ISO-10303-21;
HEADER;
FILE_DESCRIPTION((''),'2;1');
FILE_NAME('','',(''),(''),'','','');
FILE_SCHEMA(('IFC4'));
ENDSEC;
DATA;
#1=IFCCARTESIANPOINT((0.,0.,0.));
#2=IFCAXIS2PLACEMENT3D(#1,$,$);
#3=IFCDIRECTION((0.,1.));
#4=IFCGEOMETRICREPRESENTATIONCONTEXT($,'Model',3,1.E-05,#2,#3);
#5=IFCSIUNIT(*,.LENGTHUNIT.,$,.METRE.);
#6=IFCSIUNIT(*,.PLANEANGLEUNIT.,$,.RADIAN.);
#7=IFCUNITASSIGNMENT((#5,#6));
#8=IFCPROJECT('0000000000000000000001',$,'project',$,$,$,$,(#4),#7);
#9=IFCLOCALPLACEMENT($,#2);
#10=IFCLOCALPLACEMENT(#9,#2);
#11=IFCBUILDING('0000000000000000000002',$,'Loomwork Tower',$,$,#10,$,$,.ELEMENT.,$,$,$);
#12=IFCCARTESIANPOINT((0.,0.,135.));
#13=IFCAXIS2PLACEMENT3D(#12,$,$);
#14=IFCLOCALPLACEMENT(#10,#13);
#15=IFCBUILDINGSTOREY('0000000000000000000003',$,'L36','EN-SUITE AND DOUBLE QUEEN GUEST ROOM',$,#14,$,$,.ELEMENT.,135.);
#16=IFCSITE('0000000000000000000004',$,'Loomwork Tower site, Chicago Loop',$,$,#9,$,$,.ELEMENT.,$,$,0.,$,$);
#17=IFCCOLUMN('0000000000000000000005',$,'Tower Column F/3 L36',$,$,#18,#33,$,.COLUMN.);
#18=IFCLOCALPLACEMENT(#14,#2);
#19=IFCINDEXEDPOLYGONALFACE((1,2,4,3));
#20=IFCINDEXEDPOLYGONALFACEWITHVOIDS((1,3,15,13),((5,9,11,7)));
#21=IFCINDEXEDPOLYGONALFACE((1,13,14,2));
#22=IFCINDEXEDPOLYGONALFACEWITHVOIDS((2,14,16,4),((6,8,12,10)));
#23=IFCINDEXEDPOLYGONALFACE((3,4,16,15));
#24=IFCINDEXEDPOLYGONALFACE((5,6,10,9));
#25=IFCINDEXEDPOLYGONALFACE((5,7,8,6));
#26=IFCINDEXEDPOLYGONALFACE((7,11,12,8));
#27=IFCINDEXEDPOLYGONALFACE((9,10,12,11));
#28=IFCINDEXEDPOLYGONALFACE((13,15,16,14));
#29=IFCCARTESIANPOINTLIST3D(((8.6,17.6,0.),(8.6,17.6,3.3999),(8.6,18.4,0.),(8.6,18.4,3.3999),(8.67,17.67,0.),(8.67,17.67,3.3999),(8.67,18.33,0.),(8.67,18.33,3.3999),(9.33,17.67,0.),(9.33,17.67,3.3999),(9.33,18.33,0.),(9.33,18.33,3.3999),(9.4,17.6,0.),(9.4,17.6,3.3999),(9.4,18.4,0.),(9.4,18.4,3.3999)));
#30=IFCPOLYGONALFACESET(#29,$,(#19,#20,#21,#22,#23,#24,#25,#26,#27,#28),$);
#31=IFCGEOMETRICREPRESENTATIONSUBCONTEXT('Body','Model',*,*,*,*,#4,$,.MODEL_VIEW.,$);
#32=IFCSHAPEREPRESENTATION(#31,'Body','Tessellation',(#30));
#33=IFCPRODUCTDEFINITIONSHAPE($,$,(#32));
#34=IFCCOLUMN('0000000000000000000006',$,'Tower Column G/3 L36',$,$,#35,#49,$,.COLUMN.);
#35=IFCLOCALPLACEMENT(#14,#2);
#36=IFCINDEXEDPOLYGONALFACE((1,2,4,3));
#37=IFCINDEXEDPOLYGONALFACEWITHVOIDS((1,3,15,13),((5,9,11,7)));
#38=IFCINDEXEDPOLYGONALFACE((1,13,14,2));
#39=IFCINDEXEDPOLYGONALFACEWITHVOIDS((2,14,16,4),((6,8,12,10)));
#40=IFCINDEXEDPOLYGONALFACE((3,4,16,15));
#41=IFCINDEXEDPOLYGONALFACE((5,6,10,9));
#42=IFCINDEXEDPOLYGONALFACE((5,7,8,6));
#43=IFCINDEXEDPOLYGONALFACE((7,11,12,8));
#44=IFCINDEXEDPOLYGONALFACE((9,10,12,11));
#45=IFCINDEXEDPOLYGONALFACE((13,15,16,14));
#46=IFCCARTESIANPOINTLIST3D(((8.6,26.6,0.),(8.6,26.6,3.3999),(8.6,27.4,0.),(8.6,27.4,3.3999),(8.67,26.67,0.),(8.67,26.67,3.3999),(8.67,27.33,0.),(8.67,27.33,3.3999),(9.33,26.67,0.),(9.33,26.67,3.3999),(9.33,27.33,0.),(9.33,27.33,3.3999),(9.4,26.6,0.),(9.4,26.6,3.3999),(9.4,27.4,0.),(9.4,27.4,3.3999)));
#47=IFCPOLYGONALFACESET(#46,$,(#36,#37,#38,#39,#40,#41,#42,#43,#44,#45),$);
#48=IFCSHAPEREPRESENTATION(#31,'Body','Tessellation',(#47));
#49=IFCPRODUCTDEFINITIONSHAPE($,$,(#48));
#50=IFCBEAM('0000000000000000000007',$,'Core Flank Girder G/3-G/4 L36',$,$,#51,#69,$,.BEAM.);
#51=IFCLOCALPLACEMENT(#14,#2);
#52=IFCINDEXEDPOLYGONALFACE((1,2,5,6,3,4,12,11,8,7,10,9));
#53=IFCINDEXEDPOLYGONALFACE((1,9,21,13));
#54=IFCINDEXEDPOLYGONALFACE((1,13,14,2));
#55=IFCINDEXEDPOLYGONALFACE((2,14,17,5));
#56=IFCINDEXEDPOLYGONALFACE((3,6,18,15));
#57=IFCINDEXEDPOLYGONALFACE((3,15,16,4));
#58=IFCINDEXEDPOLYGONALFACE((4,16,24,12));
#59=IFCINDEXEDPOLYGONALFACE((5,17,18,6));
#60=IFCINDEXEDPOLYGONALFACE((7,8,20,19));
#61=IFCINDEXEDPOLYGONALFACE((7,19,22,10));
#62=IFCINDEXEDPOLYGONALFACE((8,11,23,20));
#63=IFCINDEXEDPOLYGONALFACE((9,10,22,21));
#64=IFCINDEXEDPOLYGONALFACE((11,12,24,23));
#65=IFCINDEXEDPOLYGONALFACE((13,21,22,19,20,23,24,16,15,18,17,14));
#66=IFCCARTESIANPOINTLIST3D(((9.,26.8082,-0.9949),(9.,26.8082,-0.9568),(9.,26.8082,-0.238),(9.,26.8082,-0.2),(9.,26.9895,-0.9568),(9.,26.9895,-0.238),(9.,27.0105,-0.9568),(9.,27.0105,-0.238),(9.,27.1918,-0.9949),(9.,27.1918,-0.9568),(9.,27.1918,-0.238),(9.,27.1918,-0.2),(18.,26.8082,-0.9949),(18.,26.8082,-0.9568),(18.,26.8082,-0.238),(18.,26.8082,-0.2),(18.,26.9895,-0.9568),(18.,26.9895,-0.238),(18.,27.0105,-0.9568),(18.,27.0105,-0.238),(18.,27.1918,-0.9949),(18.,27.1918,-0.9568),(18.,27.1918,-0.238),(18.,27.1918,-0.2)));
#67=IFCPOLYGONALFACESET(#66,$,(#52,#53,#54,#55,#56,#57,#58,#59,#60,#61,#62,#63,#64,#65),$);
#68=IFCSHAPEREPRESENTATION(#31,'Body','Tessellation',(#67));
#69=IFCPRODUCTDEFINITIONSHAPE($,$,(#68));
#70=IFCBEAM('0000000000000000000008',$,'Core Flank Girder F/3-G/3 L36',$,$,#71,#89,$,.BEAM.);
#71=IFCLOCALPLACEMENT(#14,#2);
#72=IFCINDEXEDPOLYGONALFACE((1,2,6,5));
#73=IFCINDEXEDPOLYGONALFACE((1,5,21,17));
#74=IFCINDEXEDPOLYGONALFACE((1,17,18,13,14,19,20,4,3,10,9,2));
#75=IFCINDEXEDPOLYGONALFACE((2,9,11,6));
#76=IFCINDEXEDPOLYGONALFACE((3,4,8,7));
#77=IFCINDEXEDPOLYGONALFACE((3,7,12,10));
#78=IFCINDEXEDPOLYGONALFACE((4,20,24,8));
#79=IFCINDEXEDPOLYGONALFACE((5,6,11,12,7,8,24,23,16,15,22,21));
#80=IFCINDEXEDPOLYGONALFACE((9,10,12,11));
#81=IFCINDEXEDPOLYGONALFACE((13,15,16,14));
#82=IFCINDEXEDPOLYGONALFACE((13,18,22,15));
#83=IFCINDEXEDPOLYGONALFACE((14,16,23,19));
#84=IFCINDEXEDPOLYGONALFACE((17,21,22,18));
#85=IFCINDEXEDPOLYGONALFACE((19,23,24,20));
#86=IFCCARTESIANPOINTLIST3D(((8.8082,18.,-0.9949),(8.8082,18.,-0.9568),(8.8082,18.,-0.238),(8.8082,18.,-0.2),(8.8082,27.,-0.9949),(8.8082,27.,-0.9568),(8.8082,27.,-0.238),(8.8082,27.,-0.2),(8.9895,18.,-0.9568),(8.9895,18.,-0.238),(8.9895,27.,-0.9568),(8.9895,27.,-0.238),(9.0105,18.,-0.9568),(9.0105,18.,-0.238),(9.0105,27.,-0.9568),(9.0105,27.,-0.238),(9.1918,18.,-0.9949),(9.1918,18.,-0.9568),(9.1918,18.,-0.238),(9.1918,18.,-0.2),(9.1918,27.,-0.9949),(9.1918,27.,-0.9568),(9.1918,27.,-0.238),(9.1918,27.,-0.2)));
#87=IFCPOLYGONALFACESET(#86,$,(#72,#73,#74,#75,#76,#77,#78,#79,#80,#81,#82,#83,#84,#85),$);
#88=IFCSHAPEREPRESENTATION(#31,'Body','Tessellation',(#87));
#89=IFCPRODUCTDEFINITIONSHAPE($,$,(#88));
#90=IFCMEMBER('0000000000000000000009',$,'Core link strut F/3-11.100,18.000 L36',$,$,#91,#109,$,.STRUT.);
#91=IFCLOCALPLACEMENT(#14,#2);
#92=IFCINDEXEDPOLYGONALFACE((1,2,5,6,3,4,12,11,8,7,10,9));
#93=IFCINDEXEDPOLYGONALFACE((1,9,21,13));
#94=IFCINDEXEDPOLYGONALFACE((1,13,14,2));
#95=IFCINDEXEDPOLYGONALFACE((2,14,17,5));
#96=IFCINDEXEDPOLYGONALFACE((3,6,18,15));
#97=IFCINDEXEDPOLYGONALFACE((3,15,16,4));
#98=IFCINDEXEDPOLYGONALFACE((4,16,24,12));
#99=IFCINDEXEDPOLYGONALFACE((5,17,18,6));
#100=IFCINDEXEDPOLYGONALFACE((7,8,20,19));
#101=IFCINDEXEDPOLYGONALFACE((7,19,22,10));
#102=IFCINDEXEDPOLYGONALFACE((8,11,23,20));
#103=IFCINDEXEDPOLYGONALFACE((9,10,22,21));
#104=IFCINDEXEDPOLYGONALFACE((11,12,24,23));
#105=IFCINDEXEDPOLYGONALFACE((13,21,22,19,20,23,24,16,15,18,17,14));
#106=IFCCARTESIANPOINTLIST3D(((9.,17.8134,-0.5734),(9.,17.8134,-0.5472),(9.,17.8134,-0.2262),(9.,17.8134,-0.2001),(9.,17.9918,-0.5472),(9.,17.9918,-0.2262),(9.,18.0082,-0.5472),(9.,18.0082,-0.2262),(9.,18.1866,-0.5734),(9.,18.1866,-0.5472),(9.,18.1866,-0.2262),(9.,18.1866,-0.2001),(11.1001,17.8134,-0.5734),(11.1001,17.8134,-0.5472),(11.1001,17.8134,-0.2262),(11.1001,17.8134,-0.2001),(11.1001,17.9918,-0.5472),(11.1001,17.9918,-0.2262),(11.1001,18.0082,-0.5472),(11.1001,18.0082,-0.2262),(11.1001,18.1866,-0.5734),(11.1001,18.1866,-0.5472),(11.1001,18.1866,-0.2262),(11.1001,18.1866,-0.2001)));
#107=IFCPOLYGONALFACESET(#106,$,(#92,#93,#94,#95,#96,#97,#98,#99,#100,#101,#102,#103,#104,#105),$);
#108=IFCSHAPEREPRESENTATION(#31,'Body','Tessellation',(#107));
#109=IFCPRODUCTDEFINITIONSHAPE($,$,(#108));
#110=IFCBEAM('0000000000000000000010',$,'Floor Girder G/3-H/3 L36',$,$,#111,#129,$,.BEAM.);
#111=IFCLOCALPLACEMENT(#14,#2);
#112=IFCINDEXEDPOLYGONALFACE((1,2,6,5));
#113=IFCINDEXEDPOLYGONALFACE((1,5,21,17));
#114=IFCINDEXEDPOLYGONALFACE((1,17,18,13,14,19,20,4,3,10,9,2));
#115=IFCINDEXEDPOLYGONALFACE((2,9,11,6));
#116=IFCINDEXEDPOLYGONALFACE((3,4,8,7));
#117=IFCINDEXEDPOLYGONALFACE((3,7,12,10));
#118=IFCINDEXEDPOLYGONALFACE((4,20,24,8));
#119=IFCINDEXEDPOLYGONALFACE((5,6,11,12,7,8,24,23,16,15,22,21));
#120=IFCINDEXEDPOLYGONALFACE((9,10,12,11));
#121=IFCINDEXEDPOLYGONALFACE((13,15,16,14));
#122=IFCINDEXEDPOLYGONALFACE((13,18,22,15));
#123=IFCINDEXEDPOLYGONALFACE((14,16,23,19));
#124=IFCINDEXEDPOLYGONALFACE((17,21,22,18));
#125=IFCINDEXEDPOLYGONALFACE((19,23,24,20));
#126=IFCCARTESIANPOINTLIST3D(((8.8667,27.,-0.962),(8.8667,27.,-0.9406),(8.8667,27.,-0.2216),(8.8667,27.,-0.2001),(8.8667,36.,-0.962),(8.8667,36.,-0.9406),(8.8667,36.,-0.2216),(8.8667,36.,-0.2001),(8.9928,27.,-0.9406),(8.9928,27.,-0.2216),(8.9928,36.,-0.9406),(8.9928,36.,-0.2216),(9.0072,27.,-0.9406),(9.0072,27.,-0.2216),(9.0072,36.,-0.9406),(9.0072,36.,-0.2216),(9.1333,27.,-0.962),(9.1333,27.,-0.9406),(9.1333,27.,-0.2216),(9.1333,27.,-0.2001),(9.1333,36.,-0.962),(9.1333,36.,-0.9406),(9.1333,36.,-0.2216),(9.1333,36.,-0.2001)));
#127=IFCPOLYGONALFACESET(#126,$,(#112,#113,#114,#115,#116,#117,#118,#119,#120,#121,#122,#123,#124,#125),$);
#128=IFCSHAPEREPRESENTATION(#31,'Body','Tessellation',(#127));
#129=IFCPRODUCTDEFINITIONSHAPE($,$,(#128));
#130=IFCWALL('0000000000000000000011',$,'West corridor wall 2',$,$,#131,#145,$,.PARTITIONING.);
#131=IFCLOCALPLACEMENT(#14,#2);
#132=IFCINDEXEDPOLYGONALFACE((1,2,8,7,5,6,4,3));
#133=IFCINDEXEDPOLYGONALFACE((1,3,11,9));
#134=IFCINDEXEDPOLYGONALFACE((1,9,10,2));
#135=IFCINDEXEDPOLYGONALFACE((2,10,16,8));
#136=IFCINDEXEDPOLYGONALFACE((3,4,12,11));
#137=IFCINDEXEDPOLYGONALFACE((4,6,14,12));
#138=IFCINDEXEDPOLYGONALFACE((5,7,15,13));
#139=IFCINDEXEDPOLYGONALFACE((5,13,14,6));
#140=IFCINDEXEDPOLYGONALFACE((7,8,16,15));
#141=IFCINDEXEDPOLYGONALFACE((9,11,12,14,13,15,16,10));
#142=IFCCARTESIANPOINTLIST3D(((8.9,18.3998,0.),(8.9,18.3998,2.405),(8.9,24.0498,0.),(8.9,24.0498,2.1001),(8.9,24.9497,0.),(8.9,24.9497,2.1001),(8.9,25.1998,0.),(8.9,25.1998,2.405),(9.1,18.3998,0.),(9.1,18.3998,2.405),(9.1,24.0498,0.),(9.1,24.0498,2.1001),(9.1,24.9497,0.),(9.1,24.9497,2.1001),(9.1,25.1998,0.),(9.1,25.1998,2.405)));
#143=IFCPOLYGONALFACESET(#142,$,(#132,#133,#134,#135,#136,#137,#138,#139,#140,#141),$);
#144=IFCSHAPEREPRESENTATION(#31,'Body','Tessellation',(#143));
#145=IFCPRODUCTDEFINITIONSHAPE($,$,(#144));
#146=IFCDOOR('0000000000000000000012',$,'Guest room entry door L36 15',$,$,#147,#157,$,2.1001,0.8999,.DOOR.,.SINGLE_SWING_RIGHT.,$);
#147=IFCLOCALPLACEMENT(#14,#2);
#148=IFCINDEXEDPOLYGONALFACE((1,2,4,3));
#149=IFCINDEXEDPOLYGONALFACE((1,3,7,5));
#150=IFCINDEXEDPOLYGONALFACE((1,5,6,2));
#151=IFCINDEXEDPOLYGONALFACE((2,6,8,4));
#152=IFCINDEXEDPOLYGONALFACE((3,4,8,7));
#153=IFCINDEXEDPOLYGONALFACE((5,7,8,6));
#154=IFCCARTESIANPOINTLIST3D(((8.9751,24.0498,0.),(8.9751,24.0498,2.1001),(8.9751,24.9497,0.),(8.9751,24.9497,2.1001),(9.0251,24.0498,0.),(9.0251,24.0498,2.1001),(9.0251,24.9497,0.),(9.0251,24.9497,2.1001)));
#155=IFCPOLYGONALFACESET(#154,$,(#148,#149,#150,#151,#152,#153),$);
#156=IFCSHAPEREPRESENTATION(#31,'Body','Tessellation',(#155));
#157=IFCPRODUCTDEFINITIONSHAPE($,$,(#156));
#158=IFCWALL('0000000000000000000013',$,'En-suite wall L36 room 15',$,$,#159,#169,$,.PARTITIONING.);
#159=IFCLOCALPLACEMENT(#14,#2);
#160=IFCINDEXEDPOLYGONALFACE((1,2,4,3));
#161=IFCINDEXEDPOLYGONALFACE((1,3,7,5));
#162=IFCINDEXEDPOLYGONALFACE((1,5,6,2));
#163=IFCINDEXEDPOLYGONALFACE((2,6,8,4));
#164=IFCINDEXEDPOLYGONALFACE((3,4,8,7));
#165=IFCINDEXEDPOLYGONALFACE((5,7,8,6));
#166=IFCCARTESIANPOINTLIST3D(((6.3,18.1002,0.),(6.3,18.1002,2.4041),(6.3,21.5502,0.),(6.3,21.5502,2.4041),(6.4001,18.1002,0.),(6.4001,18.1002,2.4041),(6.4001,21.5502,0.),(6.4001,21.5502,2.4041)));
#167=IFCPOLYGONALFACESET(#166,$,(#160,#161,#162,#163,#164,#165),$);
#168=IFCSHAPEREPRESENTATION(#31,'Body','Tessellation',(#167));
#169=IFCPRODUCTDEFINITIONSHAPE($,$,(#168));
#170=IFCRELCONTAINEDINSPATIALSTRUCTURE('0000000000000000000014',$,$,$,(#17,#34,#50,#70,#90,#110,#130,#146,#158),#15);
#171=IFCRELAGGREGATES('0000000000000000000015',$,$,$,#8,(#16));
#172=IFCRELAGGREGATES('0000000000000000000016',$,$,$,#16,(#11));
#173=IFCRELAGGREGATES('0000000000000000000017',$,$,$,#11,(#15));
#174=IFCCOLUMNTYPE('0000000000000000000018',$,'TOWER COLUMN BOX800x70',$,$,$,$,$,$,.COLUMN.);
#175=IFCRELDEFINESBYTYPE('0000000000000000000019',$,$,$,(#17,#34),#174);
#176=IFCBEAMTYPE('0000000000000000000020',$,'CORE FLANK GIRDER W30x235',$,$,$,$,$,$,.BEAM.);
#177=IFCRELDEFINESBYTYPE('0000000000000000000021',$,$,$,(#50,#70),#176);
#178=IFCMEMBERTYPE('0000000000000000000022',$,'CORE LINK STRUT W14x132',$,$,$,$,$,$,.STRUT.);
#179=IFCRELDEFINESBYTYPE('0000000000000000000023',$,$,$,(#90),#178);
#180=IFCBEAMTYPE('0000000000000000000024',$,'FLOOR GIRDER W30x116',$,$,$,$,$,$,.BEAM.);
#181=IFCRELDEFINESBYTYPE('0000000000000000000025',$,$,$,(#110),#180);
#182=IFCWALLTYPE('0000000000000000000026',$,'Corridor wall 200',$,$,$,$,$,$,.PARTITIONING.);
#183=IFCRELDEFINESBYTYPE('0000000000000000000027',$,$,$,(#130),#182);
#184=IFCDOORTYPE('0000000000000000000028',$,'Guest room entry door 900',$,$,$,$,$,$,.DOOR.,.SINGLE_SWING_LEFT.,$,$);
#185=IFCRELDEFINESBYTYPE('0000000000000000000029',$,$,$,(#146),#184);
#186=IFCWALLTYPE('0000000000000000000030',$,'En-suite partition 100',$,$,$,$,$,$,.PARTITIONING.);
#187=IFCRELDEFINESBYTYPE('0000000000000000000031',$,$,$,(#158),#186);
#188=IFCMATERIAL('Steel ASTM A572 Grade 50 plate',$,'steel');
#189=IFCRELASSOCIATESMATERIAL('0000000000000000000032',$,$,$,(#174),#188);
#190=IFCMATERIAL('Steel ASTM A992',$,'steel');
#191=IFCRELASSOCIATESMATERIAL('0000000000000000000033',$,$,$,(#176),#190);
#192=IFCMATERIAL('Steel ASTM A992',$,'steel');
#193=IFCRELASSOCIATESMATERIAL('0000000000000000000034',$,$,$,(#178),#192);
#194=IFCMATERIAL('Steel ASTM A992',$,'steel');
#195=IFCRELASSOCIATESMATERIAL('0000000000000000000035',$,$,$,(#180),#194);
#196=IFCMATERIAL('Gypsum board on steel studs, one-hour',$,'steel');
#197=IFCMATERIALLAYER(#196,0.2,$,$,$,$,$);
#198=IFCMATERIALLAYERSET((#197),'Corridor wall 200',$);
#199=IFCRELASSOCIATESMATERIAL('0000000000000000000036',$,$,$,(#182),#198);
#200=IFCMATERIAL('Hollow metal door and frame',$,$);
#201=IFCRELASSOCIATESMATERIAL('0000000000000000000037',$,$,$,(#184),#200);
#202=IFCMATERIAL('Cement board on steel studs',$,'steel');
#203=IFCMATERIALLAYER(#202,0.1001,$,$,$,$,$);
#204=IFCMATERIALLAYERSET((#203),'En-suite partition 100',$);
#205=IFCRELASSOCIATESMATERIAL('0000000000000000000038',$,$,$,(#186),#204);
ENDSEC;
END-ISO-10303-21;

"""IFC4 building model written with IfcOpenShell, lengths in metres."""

from ifc_helpers import new_model, si_unit, direction, frame, frame_2d, origin, origin_2d, place, context, subcontext, project, spatial, rectangle, hollow_rectangle, i_section, extrude, material, layer, layer_set, material_profile, profile_set, type_object, element, fill, save


model = new_model("IFC4")

# Units and contexts
model_context = context("Model", 3, precision=1e-05, world=origin(), true_north=direction((0.0, 1.0)))
body_context = subcontext(model_context, "Body", "Model", "MODEL_VIEW")
ifc_project = project(units=[si_unit("LENGTHUNIT", "METRE"), si_unit("PLANEANGLEUNIT", "RADIAN")], contexts=[model_context])

# Site, building, storey
site_placement = place(None, origin())
site = spatial("IfcSite", under=ifc_project, at=site_placement, Name="Loomwork Tower site, Chicago Loop", CompositionType="ELEMENT", RefElevation=0.0)
building_placement = place(site_placement, origin())
building = spatial("IfcBuilding", under=site, at=building_placement, Name="Loomwork Tower", CompositionType="ELEMENT")
storey_placement = place(building_placement, frame((0.0, 0.0, 135.0)))
storey = spatial("IfcBuildingStorey", under=building, at=storey_placement, Name="L36", Description="EN-SUITE AND DOUBLE QUEEN GUEST ROOM", CompositionType="ELEMENT", Elevation=135.0)

# Columns
ifc_material_1 = material(Name="Steel ASTM A572 Grade 50 plate", Category="steel")
ifc_material_profile_1 = material_profile(ifc_material_1, hollow_rectangle(XDim=0.8, YDim=0.8, WallThickness=0.0701, at=origin_2d()), Name="BOX800x70")
ifc_profile_set_1 = profile_set([ifc_material_profile_1], Name="Steel ASTM A572 Grade 50 plate")
column_type = type_object("IfcColumnType", Name="TOWER COLUMN BOX800x70", PredefinedType="COLUMN", material=ifc_profile_set_1)
for number, where, z_axis, x_axis, name in (
    (1, (9.0, 18.0, 0.0), (0.0, 0.0, 1.0), (1.0, 0.0, 0.0), "Tower Column F/3 L36"),
    (2, (9.0, 27.0, 0.0), (0.0, 0.0, 1.0), (1.0, 0.0, 0.0), "Tower Column G/3 L36"),
):
    element("IfcColumn", number, at=place(storey_placement, frame(where, z_axis=z_axis, x_axis=x_axis)), inside=storey, type_object=column_type, Name=name, PredefinedType="COLUMN", context=body_context, shape_type="SweptSolid", body=[
        extrude(hollow_rectangle(XDim=0.8, YDim=0.8, WallThickness=0.0701, at=origin_2d()), origin(), (0.0, 0.0, 1.0), 3.3999),
    ])

# Beams
ifc_material_2 = material(Name="Steel ASTM A992", Category="steel")
ifc_material_profile_2 = material_profile(ifc_material_2, i_section(OverallWidth=0.3835, OverallDepth=0.7949, WebThickness=0.021, FlangeThickness=0.0381, at=origin_2d()), Name="W30x235")
ifc_profile_set_2 = profile_set([ifc_material_profile_2], Name="Steel ASTM A992")
beam_type_1 = type_object("IfcBeamType", Name="CORE FLANK GIRDER W30x235", PredefinedType="BEAM", material=ifc_profile_set_2)
for number, where, z_axis, x_axis, name in (
    (3, (9.0, 27.0, -0.5974), (1.0, 0.0, 0.0), (0.0, 1.0, 0.0), "Core Flank Girder G/3-G/4 L36"),
    (4, (9.0, 18.0, -0.5974), (0.0, 1.0, 0.0), (-1.0, 0.0, 0.0), "Core Flank Girder F/3-G/3 L36"),
):
    element("IfcBeam", number, at=place(storey_placement, frame(where, z_axis=z_axis, x_axis=x_axis)), inside=storey, type_object=beam_type_1, Name=name, PredefinedType="BEAM", context=body_context, shape_type="SweptSolid", body=[
        extrude(i_section(OverallWidth=0.3835, OverallDepth=0.7949, WebThickness=0.021, FlangeThickness=0.0381, at=origin_2d()), origin(), (0.0, 0.0, 1.0), 9.0),
    ])

# Member
ifc_material_3 = material(Name="Steel ASTM A992", Category="steel")
ifc_material_profile_3 = material_profile(ifc_material_3, i_section(OverallWidth=0.3733, OverallDepth=0.3733, WebThickness=0.0164, FlangeThickness=0.0261, at=origin_2d()), Name="W14x132")
ifc_profile_set_3 = profile_set([ifc_material_profile_3], Name="Steel ASTM A992")
member_type = type_object("IfcMemberType", Name="CORE LINK STRUT W14x132", PredefinedType="STRUT", material=ifc_profile_set_3)
member_placement = place(storey_placement, frame((9.0, 18.0, -0.3867), z_axis=(1.0, 0.0, 0.0), x_axis=(0.0, 1.0, 0.0)))
element("IfcMember", 5, at=member_placement, inside=storey, type_object=member_type, Name="Core link strut F/3-11.100,18.000 L36", PredefinedType="STRUT", context=body_context, shape_type="SweptSolid", body=[
    extrude(i_section(OverallWidth=0.3733, OverallDepth=0.3733, WebThickness=0.0164, FlangeThickness=0.0261, at=origin_2d()), origin(), (0.0, 0.0, 1.0), 2.1001),
])

# Beam
ifc_material_4 = material(Name="Steel ASTM A992", Category="steel")
ifc_material_profile_4 = material_profile(ifc_material_4, i_section(OverallWidth=0.2666, OverallDepth=0.762, WebThickness=0.0144, FlangeThickness=0.0215, at=origin_2d()), Name="W30x116")
ifc_profile_set_4 = profile_set([ifc_material_profile_4], Name="Steel ASTM A992")
beam_type_2 = type_object("IfcBeamType", Name="FLOOR GIRDER W30x116", PredefinedType="BEAM", material=ifc_profile_set_4)
beam_placement = place(storey_placement, frame((9.0, 27.0, -0.5811), z_axis=(0.0, 1.0, 0.0), x_axis=(-1.0, 0.0, 0.0)))
element("IfcBeam", 6, at=beam_placement, inside=storey, type_object=beam_type_2, Name="Floor Girder G/3-H/3 L36", PredefinedType="BEAM", context=body_context, shape_type="SweptSolid", body=[
    extrude(i_section(OverallWidth=0.2666, OverallDepth=0.762, WebThickness=0.0144, FlangeThickness=0.0215, at=origin_2d()), origin(), (0.0, 0.0, 1.0), 9.0),
])

# Wall, opening, door
ifc_material_5 = material(Name="Gypsum board on steel studs, one-hour", Category="steel")
ifc_layer_1 = layer(ifc_material_5, 0.2)
ifc_layer_set_1 = layer_set([ifc_layer_1], Name="Corridor wall 200")
wall_type_1 = type_object("IfcWallType", Name="Corridor wall 200", PredefinedType="PARTITIONING", material=ifc_layer_set_1)
wall_1_placement = place(storey_placement, frame((9.0, 18.3999, 0.0), z_axis=(0.0, 0.0, 1.0), x_axis=(0.0, 1.0, 0.0)))
wall_1 = element("IfcWall", 7, at=wall_1_placement, inside=storey, type_object=wall_type_1, Name="West corridor wall 2", PredefinedType="PARTITIONING", context=body_context, shape_type="SweptSolid", body=[
    extrude(rectangle(XDim=6.8, YDim=0.2, at=frame_2d((3.3999, 0.0))), origin(), (0.0, 0.0, 1.0), 2.405),
])
opening_1_placement = place(wall_1_placement, frame((5.6499, 0.0, 0.0)))
opening_1 = element("IfcOpeningElement", 8, at=opening_1_placement, cuts=wall_1, PredefinedType="OPENING", context=body_context, shape_type="SweptSolid", body=[
    extrude(rectangle(XDim=0.8999, YDim=2.1001, at=frame_2d((0.45, 1.05))), frame((0.0, 0.1099, 0.0), z_axis=(0.0, -1.0, 0.0), x_axis=(1.0, 0.0, 0.0)), (0.0, 0.0, 1.0), 0.22),
])
ifc_material_6 = material(Name="Hollow metal door and frame")
door_type_1 = type_object("IfcDoorType", Name="Guest room entry door 900", OperationType="SINGLE_SWING_LEFT", PredefinedType="DOOR", material=ifc_material_6)
door_1_placement = place(opening_1_placement, origin())
door_1 = element("IfcDoor", 9, at=door_1_placement, inside=storey, type_object=door_type_1, Name="Guest room entry door L36 15", OperationType="SINGLE_SWING_RIGHT", OverallHeight=2.1001, OverallWidth=0.8999, PredefinedType="DOOR", context=body_context, shape_type="SweptSolid", body=[
    extrude(rectangle(XDim=0.8999, YDim=2.1001, at=frame_2d((0.45, 1.05))), frame((0.0, 0.0249, 0.0), z_axis=(0.0, -1.0, 0.0), x_axis=(1.0, 0.0, 0.0)), (0.0, 0.0, 1.0), 0.05),
])
fill(opening_1, door_1)

# Wall
ifc_material_7 = material(Name="Cement board on steel studs", Category="steel")
ifc_layer_2 = layer(ifc_material_7, 0.1001)
ifc_layer_set_2 = layer_set([ifc_layer_2], Name="En-suite partition 100")
wall_type_2 = type_object("IfcWallType", Name="En-suite partition 100", PredefinedType="PARTITIONING", material=ifc_layer_set_2)
wall_2_placement = place(storey_placement, frame((6.3501, 18.1001, 0.0), z_axis=(0.0, 0.0, 1.0), x_axis=(0.0, 1.0, 0.0)))
element("IfcWall", 10, at=wall_2_placement, inside=storey, type_object=wall_type_2, Name="En-suite wall L36 room 15", PredefinedType="PARTITIONING", context=body_context, shape_type="SweptSolid", body=[
    extrude(rectangle(XDim=3.45, YDim=0.1001, at=frame_2d((1.7251, 0.0))), origin(), (0.0, 0.0, 1.0), 2.4041),
])

save(model, "model.ifc")
